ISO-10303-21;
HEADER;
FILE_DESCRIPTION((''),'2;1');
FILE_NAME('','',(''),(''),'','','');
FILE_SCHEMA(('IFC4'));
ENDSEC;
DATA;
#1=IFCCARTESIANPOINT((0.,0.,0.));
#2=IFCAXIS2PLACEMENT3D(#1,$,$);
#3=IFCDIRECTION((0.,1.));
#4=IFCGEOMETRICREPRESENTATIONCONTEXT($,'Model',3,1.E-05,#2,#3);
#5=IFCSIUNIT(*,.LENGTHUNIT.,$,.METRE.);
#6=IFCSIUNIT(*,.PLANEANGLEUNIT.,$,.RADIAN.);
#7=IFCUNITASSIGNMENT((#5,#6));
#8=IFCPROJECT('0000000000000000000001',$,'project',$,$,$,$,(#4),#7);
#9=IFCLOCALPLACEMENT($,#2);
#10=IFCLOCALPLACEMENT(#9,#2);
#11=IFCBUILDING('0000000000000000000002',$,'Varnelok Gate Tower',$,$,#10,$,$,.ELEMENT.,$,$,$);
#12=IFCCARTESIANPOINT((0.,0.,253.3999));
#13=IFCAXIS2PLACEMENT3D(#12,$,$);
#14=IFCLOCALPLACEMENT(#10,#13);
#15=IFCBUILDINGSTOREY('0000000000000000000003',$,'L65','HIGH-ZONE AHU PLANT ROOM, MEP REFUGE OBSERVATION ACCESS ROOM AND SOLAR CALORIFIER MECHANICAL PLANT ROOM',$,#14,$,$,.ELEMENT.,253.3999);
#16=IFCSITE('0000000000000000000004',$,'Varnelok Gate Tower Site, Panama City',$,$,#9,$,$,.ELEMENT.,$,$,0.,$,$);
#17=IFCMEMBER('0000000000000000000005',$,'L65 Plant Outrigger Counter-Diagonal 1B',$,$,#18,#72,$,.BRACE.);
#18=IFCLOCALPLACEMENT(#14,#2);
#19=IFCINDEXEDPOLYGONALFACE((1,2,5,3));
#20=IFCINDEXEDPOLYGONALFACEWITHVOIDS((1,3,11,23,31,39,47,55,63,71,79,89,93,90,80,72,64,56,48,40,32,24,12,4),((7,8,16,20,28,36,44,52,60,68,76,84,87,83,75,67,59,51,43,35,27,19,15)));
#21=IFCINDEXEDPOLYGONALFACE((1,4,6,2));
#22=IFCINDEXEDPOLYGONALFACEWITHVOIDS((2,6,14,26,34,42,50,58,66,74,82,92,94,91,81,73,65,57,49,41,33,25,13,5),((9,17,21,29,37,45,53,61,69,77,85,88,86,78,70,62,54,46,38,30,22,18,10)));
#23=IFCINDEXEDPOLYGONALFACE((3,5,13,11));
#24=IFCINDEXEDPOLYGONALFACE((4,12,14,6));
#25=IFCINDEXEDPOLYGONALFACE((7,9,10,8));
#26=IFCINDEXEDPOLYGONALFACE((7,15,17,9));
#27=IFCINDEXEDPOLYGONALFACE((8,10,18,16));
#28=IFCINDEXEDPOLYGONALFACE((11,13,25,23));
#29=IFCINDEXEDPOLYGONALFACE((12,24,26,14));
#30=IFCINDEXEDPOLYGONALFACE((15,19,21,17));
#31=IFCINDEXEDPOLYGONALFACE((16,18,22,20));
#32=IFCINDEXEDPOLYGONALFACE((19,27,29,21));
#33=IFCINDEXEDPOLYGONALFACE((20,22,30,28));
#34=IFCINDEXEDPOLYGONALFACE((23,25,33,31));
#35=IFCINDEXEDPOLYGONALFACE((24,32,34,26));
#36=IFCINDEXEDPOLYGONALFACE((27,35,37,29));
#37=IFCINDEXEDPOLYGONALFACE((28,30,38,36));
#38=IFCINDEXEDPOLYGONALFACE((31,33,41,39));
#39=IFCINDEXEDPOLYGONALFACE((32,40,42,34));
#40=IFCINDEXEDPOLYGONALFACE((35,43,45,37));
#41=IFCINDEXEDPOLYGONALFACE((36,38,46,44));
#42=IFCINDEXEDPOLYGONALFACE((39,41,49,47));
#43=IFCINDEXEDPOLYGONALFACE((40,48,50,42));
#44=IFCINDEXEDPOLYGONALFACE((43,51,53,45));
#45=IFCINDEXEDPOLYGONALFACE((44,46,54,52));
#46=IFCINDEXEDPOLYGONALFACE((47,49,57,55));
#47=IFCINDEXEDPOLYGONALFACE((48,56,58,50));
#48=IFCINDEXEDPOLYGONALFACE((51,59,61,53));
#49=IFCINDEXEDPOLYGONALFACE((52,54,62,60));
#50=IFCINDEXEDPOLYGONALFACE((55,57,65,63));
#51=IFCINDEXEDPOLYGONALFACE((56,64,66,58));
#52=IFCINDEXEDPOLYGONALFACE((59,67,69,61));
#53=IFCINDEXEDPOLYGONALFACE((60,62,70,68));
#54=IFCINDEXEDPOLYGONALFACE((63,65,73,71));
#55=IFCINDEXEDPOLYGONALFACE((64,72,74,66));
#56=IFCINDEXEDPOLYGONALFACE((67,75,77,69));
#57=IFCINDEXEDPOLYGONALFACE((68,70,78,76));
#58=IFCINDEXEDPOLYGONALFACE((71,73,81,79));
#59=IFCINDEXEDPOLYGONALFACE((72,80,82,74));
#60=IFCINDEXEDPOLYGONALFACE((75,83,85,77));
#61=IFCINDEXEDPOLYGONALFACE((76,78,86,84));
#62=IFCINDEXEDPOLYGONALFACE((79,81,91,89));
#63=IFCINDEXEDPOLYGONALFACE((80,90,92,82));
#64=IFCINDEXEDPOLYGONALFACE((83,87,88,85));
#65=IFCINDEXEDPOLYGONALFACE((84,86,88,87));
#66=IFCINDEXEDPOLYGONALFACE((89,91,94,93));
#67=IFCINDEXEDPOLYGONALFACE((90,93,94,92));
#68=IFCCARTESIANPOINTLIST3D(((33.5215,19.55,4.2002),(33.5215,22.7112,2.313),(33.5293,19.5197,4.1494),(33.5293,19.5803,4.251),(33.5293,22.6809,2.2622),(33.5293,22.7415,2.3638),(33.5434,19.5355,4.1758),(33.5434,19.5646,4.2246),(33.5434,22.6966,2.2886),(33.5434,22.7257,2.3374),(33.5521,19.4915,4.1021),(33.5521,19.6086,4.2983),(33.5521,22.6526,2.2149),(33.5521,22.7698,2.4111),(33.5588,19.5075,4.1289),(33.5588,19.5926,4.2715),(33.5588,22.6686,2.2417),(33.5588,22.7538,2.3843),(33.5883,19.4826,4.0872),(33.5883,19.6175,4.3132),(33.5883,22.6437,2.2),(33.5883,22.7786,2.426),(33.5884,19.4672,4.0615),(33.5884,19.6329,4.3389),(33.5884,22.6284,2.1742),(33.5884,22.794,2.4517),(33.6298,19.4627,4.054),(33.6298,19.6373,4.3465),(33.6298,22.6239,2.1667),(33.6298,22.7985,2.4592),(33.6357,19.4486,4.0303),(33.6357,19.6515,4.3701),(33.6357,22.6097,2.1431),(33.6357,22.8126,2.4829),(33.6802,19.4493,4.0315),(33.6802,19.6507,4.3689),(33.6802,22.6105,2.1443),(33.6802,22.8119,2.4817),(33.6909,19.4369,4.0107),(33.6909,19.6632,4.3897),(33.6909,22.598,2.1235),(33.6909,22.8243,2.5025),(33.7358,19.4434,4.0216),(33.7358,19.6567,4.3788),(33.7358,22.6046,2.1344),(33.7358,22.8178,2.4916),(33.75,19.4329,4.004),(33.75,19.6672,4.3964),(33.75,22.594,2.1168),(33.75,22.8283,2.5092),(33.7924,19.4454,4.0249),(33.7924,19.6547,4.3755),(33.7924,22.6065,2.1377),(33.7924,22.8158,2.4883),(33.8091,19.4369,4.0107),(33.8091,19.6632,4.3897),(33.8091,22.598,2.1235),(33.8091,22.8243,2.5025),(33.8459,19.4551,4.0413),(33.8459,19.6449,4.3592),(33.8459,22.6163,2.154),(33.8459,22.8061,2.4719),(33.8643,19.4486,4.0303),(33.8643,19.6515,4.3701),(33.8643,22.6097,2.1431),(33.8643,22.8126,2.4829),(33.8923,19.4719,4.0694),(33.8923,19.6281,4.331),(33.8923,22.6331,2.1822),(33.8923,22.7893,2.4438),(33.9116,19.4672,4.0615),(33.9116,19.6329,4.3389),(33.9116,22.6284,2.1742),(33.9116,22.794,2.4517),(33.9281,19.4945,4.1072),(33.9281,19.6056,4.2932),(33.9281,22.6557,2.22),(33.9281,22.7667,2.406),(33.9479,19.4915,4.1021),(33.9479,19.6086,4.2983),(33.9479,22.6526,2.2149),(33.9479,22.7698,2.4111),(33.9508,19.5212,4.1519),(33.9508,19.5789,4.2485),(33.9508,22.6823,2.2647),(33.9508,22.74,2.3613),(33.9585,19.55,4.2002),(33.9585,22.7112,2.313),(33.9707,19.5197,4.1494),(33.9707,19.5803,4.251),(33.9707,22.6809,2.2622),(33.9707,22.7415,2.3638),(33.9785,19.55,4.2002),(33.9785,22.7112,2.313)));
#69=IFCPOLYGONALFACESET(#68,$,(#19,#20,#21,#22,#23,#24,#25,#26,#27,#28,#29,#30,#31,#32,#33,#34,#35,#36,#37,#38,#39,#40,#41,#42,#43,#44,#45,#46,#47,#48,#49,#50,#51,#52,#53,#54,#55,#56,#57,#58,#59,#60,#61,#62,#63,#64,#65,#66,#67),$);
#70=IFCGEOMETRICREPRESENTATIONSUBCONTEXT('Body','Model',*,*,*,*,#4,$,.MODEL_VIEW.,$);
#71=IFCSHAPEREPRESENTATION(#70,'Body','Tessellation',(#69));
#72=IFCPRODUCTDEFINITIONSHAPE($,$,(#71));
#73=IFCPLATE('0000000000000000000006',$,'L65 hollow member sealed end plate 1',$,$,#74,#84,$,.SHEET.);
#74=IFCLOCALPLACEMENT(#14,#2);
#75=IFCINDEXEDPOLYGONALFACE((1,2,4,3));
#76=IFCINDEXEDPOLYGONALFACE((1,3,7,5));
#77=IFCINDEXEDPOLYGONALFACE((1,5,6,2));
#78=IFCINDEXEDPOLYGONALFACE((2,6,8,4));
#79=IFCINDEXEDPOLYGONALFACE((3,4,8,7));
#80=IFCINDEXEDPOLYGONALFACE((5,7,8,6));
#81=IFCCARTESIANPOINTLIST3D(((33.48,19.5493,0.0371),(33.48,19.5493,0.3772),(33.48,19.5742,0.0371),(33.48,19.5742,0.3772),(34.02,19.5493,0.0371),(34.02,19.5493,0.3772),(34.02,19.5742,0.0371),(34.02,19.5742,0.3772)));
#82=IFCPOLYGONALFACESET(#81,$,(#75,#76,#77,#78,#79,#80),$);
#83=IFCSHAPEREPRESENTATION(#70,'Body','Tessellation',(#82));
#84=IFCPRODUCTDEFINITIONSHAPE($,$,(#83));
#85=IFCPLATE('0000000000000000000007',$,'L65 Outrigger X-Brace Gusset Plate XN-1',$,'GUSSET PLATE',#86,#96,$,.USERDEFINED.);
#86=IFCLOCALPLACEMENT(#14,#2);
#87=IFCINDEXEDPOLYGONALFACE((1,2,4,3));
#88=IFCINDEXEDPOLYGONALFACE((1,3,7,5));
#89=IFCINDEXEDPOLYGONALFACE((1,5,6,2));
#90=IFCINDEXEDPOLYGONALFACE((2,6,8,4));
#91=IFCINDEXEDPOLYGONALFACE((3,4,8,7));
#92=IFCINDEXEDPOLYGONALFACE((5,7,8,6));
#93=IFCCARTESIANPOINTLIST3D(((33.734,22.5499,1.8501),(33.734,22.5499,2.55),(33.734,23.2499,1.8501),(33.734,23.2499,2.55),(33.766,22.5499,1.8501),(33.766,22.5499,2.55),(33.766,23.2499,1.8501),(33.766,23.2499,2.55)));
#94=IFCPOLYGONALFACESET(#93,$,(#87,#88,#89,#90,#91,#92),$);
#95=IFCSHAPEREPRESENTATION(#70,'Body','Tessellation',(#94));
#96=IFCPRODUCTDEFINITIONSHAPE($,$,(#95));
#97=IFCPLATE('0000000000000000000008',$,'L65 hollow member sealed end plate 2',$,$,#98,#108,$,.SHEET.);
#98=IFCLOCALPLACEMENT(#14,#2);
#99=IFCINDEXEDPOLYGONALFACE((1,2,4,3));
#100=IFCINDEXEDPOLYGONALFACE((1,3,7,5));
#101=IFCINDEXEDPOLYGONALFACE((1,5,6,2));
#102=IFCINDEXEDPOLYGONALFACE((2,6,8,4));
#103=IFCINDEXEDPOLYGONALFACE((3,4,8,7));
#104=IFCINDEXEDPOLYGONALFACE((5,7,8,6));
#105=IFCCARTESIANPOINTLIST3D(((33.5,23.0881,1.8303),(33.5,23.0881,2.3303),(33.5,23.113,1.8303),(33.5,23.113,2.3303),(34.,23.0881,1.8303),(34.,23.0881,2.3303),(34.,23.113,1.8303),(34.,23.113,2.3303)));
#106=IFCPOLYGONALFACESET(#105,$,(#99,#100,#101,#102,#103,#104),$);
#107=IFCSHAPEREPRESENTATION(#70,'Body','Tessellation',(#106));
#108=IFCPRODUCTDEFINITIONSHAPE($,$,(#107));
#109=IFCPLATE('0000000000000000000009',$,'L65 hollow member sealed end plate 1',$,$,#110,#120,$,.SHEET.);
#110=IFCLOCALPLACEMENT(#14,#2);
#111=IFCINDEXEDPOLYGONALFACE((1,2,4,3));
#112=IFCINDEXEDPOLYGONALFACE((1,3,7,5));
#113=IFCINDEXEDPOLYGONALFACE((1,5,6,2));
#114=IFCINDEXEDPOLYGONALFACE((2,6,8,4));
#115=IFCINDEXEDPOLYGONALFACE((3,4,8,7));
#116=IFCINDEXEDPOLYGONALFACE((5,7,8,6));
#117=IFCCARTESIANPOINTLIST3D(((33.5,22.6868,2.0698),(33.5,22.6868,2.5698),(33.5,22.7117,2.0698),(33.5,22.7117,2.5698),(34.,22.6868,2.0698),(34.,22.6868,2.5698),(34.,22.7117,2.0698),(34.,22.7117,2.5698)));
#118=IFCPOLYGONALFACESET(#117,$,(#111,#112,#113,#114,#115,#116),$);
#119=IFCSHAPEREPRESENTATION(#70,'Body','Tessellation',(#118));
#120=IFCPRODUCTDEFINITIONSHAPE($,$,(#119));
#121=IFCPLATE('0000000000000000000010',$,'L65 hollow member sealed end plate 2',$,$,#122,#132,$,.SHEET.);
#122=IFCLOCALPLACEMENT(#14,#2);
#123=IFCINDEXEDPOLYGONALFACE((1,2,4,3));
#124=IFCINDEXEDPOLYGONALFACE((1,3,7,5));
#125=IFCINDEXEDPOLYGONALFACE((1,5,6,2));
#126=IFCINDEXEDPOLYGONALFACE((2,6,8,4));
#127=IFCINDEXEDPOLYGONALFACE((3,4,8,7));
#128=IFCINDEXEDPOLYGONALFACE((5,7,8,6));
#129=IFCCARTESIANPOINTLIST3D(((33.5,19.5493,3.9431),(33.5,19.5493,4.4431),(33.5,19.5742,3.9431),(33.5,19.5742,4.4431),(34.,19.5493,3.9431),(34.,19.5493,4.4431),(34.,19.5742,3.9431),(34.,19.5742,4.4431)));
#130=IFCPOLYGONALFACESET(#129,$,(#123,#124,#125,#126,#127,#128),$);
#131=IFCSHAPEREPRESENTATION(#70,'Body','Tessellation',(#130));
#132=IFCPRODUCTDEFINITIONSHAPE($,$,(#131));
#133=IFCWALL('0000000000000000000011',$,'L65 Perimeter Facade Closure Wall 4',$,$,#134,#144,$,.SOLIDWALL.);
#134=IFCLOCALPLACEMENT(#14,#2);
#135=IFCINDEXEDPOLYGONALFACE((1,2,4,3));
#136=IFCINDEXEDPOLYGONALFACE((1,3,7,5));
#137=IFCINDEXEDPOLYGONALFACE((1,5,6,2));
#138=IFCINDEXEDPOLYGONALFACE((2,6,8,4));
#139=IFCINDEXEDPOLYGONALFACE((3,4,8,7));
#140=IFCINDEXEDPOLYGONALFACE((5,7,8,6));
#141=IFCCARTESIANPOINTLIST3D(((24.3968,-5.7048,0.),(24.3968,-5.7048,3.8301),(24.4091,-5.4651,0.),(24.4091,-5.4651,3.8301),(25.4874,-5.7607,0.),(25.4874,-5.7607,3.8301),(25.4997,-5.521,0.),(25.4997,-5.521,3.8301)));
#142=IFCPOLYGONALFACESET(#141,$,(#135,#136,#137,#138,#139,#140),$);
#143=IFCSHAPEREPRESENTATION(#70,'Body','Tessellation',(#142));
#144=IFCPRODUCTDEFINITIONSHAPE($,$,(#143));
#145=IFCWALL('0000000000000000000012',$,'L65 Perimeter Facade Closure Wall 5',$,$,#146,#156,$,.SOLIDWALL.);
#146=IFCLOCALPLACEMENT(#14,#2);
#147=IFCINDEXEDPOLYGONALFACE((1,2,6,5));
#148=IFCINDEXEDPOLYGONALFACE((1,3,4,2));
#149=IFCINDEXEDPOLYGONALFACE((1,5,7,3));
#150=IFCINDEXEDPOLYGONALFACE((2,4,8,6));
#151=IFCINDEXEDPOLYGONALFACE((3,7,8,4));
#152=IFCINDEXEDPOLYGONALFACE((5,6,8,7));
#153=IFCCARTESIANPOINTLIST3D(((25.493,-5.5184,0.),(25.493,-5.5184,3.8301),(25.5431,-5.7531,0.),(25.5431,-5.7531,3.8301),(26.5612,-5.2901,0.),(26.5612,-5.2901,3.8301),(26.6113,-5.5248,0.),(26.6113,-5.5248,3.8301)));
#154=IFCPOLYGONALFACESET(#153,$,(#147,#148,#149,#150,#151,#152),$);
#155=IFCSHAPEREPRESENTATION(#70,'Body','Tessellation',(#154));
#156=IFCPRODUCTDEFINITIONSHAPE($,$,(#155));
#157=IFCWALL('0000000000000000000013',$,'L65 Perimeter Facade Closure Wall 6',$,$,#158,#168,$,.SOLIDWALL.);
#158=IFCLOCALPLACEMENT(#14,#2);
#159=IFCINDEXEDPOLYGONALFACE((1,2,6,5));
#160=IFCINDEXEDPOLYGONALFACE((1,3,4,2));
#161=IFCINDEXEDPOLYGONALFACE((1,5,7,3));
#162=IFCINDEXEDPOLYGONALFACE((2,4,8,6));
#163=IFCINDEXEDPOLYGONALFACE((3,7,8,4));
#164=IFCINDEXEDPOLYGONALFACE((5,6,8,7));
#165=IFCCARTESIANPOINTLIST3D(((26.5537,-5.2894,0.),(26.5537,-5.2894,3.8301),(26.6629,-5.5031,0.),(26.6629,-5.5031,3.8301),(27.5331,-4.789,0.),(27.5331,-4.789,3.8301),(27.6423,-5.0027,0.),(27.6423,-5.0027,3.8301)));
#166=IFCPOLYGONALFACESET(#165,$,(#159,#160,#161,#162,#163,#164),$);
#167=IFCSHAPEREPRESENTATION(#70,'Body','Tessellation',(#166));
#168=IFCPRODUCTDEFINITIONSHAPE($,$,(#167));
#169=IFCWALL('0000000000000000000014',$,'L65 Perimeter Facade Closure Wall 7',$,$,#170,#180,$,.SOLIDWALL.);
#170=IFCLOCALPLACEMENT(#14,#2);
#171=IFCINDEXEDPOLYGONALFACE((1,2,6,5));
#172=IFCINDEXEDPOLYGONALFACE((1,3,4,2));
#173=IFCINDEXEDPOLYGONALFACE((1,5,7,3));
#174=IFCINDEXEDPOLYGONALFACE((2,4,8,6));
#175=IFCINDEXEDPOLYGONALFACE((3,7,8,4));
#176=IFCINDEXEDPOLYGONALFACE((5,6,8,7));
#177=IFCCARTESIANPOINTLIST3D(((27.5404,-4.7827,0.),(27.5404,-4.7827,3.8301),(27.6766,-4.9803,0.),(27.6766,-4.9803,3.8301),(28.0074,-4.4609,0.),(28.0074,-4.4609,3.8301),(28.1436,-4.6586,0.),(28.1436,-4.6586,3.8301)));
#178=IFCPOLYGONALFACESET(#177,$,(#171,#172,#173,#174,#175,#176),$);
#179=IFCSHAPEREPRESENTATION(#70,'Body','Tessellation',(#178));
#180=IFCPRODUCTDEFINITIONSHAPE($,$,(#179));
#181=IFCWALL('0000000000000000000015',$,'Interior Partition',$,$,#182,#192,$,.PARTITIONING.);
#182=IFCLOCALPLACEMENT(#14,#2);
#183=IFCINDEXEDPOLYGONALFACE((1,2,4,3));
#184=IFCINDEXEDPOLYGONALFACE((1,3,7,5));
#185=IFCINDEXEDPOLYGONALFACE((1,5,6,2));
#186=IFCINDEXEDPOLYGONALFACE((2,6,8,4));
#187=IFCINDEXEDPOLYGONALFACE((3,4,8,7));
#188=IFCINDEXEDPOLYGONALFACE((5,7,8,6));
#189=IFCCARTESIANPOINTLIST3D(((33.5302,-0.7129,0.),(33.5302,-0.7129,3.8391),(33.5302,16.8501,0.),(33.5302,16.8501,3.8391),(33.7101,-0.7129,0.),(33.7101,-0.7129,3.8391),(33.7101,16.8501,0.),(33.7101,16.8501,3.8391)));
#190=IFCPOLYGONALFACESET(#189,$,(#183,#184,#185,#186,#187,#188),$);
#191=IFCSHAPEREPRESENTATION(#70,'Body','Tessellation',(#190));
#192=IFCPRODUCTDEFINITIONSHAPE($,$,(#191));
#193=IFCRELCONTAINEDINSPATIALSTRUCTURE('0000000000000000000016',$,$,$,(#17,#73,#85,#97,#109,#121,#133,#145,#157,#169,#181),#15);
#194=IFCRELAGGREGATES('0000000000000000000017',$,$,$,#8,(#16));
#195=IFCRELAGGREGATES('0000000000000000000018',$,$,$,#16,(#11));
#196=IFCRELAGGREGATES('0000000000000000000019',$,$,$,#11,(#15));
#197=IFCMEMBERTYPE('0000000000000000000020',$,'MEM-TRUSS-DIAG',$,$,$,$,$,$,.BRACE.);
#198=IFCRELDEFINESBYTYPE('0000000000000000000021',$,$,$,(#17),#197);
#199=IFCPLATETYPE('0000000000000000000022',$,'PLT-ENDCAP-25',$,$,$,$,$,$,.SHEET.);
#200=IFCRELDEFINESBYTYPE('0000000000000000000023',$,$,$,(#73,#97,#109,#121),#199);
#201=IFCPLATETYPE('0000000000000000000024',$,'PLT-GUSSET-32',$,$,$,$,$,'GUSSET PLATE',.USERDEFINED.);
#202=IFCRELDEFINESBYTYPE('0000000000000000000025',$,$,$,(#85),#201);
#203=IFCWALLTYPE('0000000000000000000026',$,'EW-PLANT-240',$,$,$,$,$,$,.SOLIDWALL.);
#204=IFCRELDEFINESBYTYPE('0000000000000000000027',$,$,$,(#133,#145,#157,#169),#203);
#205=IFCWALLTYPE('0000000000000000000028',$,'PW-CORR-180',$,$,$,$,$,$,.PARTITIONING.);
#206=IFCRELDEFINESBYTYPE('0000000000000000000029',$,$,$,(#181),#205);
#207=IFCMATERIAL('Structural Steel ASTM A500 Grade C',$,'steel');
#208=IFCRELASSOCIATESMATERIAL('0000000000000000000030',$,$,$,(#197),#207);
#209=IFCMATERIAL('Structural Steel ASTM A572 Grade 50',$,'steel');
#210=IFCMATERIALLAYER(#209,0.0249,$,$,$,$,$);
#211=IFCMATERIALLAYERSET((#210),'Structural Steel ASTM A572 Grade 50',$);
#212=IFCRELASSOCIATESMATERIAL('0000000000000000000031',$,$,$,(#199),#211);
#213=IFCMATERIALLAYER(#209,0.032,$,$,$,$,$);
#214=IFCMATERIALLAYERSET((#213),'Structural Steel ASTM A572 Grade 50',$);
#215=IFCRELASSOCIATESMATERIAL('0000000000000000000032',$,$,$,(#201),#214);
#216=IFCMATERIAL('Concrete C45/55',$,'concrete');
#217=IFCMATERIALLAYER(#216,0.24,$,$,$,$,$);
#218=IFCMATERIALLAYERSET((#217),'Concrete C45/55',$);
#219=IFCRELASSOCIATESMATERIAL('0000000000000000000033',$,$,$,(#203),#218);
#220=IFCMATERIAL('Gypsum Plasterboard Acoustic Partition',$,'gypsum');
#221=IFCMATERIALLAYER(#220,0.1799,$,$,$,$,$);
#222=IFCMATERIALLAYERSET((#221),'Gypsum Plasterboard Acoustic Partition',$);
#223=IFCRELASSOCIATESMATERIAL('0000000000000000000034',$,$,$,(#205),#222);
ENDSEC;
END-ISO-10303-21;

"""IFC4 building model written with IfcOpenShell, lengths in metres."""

from ifc_helpers import new_model, si_unit, direction, frame, frame_2d, origin, origin_2d, place, context, subcontext, project, spatial, rectangle, hollow_circle, extrude, source, transform, mapped, material, layer, layer_set, material_profile, profile_set, type_object, element, save


model = new_model("IFC4")

# Units and contexts
model_context = context("Model", 3, precision=1e-05, world=origin(), true_north=direction((0.0, 1.0)))
body_context = subcontext(model_context, "Body", "Model", "MODEL_VIEW")
ifc_project = project(units=[si_unit("LENGTHUNIT", "METRE"), si_unit("PLANEANGLEUNIT", "RADIAN")], contexts=[model_context])

# Site, building, storey
site_placement = place(None, origin())
site = spatial("IfcSite", under=ifc_project, at=site_placement, Name="Varnelok Gate Tower Site, Panama City", CompositionType="ELEMENT", RefElevation=0.0)
building_placement = place(site_placement, origin())
building = spatial("IfcBuilding", under=site, at=building_placement, Name="Varnelok Gate Tower", CompositionType="ELEMENT")
storey_placement = place(building_placement, frame((0.0, 0.0, 253.3999)))
storey = spatial("IfcBuildingStorey", under=building, at=storey_placement, Name="L65", Description="HIGH-ZONE AHU PLANT ROOM, MEP REFUGE OBSERVATION ACCESS ROOM AND SOLAR CALORIFIER MECHANICAL PLANT ROOM", CompositionType="ELEMENT", Elevation=253.3999)

# Shared definitions
ifc_material_1 = material(Name="Structural Steel ASTM A572 Grade 50", Category="steel")

# Member
ifc_material_2 = material(Name="Structural Steel ASTM A500 Grade C", Category="steel")
ifc_material_profile_1 = material_profile(ifc_material_2, hollow_circle(Radius=0.2285, WallThickness=0.02, at=origin_2d()), Name="CHS457X20")
ifc_profile_set_1 = profile_set([ifc_material_profile_1], Name="Structural Steel ASTM A500 Grade C")
member_type_1 = type_object("IfcMemberType", Name="MEM-TRUSS-DIAG", PredefinedType="BRACE", material=ifc_profile_set_1)
member_1_placement = place(storey_placement, frame((33.75, 22.7112, 2.313), z_axis=(0.0, -0.858626, 0.512603), x_axis=(1.0, 0.0, 0.0)))
element("IfcMember", 1, at=member_1_placement, inside=storey, type_object=member_type_1, Name="L65 Plant Outrigger Counter-Diagonal 1B", PredefinedType="BRACE", context=body_context, shape_type="SweptSolid", body=[
    extrude(hollow_circle(Radius=0.2285, WallThickness=0.02, at=origin_2d()), origin(), (0.0, 0.0, 1.0), 3.6816),
])

# Plates
ifc_layer_1 = layer(ifc_material_1, 0.0249)
ifc_layer_set_1 = layer_set([ifc_layer_1], Name="Structural Steel ASTM A572 Grade 50")
plate_type_1 = type_object("IfcPlateType", Name="PLT-ENDCAP-25", PredefinedType="SHEET", material=ifc_layer_set_1)
shared_shape_1 = source(origin(), body_context, "Body", "SweptSolid", [
    extrude(rectangle(XDim=0.0249, YDim=0.54, at=origin_2d()), origin(), (0.0, 0.0, 1.0), 0.3401),
])
plate_1_placement = place(storey_placement, frame((33.75, 19.5618, 0.0371), z_axis=(0.0, 0.0, 1.0), x_axis=(0.0, 1.0, 0.0)))
element("IfcPlate", 2, at=plate_1_placement, inside=storey, type_object=plate_type_1, Name="L65 hollow member sealed end plate 1", PredefinedType="SHEET", context=body_context, shape_type="MappedRepresentation", body=[
    mapped(shared_shape_1, transform((0.0, 0.0, 0.0), scale=1.0)),
])
ifc_layer_2 = layer(ifc_material_1, 0.032)
ifc_layer_set_2 = layer_set([ifc_layer_2], Name="Structural Steel ASTM A572 Grade 50")
plate_type_2 = type_object("IfcPlateType", Name="PLT-GUSSET-32", ElementType="GUSSET PLATE", PredefinedType="USERDEFINED", material=ifc_layer_set_2)
shared_shape_2 = source(origin(), body_context, "Body", "SweptSolid", [
    extrude(rectangle(XDim=0.7, YDim=0.032, at=origin_2d()), origin(), (0.0, 0.0, 1.0), 0.7),
])
plate_2_placement = place(storey_placement, frame((33.75, 22.8999, 1.8501), z_axis=(0.0, 0.0, 1.0), x_axis=(0.0, -1.0, 0.0)))
element("IfcPlate", 3, at=plate_2_placement, inside=storey, type_object=plate_type_2, Name="L65 Outrigger X-Brace Gusset Plate XN-1", ObjectType="GUSSET PLATE", PredefinedType="USERDEFINED", context=body_context, shape_type="MappedRepresentation", body=[
    mapped(shared_shape_2, transform((0.0, 0.0, 0.0), scale=1.0)),
])
shared_shape_3 = source(origin(), body_context, "Body", "SweptSolid", [
    extrude(rectangle(XDim=0.0249, YDim=0.5, at=origin_2d()), origin(), (0.0, 0.0, 1.0), 0.5),
])
for number, where, z_axis, x_axis, name in (
    (4, (33.75, 23.1006, 1.8303), (0.0, 0.0, 1.0), (0.0, -1.0, 0.0), "L65 hollow member sealed end plate 2"),
    (5, (33.75, 22.6992, 2.0698), (0.0, 0.0, 1.0), (0.0, -1.0, 0.0), "L65 hollow member sealed end plate 1"),
    (6, (33.75, 19.5618, 3.9431), (0.0, 0.0, 1.0), (0.0, -1.0, 0.0), "L65 hollow member sealed end plate 2"),
):
    element("IfcPlate", number, at=place(storey_placement, frame(where, z_axis=z_axis, x_axis=x_axis)), inside=storey, type_object=plate_type_1, Name=name, PredefinedType="SHEET", context=body_context, shape_type="MappedRepresentation", body=[
        mapped(shared_shape_3, transform((0.0, 0.0, 0.0), scale=1.0)),
    ])

# Walls
ifc_material_3 = material(Name="Concrete C45/55", Category="concrete")
ifc_layer_3 = layer(ifc_material_3, 0.24)
ifc_layer_set_3 = layer_set([ifc_layer_3], Name="Concrete C45/55")
wall_type_1 = type_object("IfcWallType", Name="EW-PLANT-240", PredefinedType="SOLIDWALL", material=ifc_layer_set_3)
wall_1_placement = place(storey_placement, frame((24.4031, -5.585, 0.0), z_axis=(0.0, 0.0, 1.0), x_axis=(0.998689, -0.051198, 0.0)))
element("IfcWall", 7, at=wall_1_placement, inside=storey, type_object=wall_type_1, Name="L65 Perimeter Facade Closure Wall 4", PredefinedType="SOLIDWALL", context=body_context, shape_type="SweptSolid", body=[
    extrude(rectangle(XDim=1.092, YDim=0.24, at=frame_2d((0.5459, 0.0))), origin(), (0.0, 0.0, 1.0), 3.8301),
])
wall_2_placement = place(storey_placement, frame((25.5181, -5.6357, 0.0), z_axis=(0.0, 0.0, 1.0), x_axis=(0.977917, 0.208995, 0.0)))
element("IfcWall", 8, at=wall_2_placement, inside=storey, type_object=wall_type_1, Name="L65 Perimeter Facade Closure Wall 5", PredefinedType="SOLIDWALL", context=body_context, shape_type="SweptSolid", body=[
    extrude(rectangle(XDim=1.0923, YDim=0.24, at=frame_2d((0.5461, 0.0))), origin(), (0.0, 0.0, 1.0), 3.8301),
])
wall_3_placement = place(storey_placement, frame((26.6084, -5.3962, 0.0), z_axis=(0.0, 0.0, 1.0), x_axis=(0.890487, 0.455009, 0.0)))
element("IfcWall", 9, at=wall_3_placement, inside=storey, type_object=wall_type_1, Name="L65 Perimeter Facade Closure Wall 6", PredefinedType="SOLIDWALL", context=body_context, shape_type="SweptSolid", body=[
    extrude(rectangle(XDim=1.0999, YDim=0.24, at=frame_2d((0.5498, 0.0))), origin(), (0.0, 0.0, 1.0), 3.8301),
])
wall_4_placement = place(storey_placement, frame((27.6084, -4.8816, 0.0), z_axis=(0.0, 0.0, 1.0), x_axis=(0.823476, 0.567351, 0.0)))
element("IfcWall", 10, at=wall_4_placement, inside=storey, type_object=wall_type_1, Name="L65 Perimeter Facade Closure Wall 7", PredefinedType="SOLIDWALL", context=body_context, shape_type="SweptSolid", body=[
    extrude(rectangle(XDim=0.5671, YDim=0.24, at=frame_2d((0.2837, 0.0))), origin(), (0.0, 0.0, 1.0), 3.8301),
])
ifc_material_4 = material(Name="Gypsum Plasterboard Acoustic Partition", Category="gypsum")
ifc_layer_4 = layer(ifc_material_4, 0.1799)
ifc_layer_set_4 = layer_set([ifc_layer_4], Name="Gypsum Plasterboard Acoustic Partition")
wall_type_2 = type_object("IfcWallType", Name="PW-CORR-180", PredefinedType="PARTITIONING", material=ifc_layer_set_4)
wall_5_placement = place(storey_placement, frame((33.6201, -0.7129, 0.0), z_axis=(0.0, 0.0, 1.0), x_axis=(0.0, 1.0, 0.0)))
element("IfcWall", 11, at=wall_5_placement, inside=storey, type_object=wall_type_2, Name="Interior Partition", PredefinedType="PARTITIONING", context=body_context, shape_type="SweptSolid", body=[
    extrude(rectangle(XDim=17.563, YDim=0.1799, at=frame_2d((8.7815, 0.0))), origin(), (0.0, 0.0, 1.0), 3.8391),
])

save(model, "model.ifc")
